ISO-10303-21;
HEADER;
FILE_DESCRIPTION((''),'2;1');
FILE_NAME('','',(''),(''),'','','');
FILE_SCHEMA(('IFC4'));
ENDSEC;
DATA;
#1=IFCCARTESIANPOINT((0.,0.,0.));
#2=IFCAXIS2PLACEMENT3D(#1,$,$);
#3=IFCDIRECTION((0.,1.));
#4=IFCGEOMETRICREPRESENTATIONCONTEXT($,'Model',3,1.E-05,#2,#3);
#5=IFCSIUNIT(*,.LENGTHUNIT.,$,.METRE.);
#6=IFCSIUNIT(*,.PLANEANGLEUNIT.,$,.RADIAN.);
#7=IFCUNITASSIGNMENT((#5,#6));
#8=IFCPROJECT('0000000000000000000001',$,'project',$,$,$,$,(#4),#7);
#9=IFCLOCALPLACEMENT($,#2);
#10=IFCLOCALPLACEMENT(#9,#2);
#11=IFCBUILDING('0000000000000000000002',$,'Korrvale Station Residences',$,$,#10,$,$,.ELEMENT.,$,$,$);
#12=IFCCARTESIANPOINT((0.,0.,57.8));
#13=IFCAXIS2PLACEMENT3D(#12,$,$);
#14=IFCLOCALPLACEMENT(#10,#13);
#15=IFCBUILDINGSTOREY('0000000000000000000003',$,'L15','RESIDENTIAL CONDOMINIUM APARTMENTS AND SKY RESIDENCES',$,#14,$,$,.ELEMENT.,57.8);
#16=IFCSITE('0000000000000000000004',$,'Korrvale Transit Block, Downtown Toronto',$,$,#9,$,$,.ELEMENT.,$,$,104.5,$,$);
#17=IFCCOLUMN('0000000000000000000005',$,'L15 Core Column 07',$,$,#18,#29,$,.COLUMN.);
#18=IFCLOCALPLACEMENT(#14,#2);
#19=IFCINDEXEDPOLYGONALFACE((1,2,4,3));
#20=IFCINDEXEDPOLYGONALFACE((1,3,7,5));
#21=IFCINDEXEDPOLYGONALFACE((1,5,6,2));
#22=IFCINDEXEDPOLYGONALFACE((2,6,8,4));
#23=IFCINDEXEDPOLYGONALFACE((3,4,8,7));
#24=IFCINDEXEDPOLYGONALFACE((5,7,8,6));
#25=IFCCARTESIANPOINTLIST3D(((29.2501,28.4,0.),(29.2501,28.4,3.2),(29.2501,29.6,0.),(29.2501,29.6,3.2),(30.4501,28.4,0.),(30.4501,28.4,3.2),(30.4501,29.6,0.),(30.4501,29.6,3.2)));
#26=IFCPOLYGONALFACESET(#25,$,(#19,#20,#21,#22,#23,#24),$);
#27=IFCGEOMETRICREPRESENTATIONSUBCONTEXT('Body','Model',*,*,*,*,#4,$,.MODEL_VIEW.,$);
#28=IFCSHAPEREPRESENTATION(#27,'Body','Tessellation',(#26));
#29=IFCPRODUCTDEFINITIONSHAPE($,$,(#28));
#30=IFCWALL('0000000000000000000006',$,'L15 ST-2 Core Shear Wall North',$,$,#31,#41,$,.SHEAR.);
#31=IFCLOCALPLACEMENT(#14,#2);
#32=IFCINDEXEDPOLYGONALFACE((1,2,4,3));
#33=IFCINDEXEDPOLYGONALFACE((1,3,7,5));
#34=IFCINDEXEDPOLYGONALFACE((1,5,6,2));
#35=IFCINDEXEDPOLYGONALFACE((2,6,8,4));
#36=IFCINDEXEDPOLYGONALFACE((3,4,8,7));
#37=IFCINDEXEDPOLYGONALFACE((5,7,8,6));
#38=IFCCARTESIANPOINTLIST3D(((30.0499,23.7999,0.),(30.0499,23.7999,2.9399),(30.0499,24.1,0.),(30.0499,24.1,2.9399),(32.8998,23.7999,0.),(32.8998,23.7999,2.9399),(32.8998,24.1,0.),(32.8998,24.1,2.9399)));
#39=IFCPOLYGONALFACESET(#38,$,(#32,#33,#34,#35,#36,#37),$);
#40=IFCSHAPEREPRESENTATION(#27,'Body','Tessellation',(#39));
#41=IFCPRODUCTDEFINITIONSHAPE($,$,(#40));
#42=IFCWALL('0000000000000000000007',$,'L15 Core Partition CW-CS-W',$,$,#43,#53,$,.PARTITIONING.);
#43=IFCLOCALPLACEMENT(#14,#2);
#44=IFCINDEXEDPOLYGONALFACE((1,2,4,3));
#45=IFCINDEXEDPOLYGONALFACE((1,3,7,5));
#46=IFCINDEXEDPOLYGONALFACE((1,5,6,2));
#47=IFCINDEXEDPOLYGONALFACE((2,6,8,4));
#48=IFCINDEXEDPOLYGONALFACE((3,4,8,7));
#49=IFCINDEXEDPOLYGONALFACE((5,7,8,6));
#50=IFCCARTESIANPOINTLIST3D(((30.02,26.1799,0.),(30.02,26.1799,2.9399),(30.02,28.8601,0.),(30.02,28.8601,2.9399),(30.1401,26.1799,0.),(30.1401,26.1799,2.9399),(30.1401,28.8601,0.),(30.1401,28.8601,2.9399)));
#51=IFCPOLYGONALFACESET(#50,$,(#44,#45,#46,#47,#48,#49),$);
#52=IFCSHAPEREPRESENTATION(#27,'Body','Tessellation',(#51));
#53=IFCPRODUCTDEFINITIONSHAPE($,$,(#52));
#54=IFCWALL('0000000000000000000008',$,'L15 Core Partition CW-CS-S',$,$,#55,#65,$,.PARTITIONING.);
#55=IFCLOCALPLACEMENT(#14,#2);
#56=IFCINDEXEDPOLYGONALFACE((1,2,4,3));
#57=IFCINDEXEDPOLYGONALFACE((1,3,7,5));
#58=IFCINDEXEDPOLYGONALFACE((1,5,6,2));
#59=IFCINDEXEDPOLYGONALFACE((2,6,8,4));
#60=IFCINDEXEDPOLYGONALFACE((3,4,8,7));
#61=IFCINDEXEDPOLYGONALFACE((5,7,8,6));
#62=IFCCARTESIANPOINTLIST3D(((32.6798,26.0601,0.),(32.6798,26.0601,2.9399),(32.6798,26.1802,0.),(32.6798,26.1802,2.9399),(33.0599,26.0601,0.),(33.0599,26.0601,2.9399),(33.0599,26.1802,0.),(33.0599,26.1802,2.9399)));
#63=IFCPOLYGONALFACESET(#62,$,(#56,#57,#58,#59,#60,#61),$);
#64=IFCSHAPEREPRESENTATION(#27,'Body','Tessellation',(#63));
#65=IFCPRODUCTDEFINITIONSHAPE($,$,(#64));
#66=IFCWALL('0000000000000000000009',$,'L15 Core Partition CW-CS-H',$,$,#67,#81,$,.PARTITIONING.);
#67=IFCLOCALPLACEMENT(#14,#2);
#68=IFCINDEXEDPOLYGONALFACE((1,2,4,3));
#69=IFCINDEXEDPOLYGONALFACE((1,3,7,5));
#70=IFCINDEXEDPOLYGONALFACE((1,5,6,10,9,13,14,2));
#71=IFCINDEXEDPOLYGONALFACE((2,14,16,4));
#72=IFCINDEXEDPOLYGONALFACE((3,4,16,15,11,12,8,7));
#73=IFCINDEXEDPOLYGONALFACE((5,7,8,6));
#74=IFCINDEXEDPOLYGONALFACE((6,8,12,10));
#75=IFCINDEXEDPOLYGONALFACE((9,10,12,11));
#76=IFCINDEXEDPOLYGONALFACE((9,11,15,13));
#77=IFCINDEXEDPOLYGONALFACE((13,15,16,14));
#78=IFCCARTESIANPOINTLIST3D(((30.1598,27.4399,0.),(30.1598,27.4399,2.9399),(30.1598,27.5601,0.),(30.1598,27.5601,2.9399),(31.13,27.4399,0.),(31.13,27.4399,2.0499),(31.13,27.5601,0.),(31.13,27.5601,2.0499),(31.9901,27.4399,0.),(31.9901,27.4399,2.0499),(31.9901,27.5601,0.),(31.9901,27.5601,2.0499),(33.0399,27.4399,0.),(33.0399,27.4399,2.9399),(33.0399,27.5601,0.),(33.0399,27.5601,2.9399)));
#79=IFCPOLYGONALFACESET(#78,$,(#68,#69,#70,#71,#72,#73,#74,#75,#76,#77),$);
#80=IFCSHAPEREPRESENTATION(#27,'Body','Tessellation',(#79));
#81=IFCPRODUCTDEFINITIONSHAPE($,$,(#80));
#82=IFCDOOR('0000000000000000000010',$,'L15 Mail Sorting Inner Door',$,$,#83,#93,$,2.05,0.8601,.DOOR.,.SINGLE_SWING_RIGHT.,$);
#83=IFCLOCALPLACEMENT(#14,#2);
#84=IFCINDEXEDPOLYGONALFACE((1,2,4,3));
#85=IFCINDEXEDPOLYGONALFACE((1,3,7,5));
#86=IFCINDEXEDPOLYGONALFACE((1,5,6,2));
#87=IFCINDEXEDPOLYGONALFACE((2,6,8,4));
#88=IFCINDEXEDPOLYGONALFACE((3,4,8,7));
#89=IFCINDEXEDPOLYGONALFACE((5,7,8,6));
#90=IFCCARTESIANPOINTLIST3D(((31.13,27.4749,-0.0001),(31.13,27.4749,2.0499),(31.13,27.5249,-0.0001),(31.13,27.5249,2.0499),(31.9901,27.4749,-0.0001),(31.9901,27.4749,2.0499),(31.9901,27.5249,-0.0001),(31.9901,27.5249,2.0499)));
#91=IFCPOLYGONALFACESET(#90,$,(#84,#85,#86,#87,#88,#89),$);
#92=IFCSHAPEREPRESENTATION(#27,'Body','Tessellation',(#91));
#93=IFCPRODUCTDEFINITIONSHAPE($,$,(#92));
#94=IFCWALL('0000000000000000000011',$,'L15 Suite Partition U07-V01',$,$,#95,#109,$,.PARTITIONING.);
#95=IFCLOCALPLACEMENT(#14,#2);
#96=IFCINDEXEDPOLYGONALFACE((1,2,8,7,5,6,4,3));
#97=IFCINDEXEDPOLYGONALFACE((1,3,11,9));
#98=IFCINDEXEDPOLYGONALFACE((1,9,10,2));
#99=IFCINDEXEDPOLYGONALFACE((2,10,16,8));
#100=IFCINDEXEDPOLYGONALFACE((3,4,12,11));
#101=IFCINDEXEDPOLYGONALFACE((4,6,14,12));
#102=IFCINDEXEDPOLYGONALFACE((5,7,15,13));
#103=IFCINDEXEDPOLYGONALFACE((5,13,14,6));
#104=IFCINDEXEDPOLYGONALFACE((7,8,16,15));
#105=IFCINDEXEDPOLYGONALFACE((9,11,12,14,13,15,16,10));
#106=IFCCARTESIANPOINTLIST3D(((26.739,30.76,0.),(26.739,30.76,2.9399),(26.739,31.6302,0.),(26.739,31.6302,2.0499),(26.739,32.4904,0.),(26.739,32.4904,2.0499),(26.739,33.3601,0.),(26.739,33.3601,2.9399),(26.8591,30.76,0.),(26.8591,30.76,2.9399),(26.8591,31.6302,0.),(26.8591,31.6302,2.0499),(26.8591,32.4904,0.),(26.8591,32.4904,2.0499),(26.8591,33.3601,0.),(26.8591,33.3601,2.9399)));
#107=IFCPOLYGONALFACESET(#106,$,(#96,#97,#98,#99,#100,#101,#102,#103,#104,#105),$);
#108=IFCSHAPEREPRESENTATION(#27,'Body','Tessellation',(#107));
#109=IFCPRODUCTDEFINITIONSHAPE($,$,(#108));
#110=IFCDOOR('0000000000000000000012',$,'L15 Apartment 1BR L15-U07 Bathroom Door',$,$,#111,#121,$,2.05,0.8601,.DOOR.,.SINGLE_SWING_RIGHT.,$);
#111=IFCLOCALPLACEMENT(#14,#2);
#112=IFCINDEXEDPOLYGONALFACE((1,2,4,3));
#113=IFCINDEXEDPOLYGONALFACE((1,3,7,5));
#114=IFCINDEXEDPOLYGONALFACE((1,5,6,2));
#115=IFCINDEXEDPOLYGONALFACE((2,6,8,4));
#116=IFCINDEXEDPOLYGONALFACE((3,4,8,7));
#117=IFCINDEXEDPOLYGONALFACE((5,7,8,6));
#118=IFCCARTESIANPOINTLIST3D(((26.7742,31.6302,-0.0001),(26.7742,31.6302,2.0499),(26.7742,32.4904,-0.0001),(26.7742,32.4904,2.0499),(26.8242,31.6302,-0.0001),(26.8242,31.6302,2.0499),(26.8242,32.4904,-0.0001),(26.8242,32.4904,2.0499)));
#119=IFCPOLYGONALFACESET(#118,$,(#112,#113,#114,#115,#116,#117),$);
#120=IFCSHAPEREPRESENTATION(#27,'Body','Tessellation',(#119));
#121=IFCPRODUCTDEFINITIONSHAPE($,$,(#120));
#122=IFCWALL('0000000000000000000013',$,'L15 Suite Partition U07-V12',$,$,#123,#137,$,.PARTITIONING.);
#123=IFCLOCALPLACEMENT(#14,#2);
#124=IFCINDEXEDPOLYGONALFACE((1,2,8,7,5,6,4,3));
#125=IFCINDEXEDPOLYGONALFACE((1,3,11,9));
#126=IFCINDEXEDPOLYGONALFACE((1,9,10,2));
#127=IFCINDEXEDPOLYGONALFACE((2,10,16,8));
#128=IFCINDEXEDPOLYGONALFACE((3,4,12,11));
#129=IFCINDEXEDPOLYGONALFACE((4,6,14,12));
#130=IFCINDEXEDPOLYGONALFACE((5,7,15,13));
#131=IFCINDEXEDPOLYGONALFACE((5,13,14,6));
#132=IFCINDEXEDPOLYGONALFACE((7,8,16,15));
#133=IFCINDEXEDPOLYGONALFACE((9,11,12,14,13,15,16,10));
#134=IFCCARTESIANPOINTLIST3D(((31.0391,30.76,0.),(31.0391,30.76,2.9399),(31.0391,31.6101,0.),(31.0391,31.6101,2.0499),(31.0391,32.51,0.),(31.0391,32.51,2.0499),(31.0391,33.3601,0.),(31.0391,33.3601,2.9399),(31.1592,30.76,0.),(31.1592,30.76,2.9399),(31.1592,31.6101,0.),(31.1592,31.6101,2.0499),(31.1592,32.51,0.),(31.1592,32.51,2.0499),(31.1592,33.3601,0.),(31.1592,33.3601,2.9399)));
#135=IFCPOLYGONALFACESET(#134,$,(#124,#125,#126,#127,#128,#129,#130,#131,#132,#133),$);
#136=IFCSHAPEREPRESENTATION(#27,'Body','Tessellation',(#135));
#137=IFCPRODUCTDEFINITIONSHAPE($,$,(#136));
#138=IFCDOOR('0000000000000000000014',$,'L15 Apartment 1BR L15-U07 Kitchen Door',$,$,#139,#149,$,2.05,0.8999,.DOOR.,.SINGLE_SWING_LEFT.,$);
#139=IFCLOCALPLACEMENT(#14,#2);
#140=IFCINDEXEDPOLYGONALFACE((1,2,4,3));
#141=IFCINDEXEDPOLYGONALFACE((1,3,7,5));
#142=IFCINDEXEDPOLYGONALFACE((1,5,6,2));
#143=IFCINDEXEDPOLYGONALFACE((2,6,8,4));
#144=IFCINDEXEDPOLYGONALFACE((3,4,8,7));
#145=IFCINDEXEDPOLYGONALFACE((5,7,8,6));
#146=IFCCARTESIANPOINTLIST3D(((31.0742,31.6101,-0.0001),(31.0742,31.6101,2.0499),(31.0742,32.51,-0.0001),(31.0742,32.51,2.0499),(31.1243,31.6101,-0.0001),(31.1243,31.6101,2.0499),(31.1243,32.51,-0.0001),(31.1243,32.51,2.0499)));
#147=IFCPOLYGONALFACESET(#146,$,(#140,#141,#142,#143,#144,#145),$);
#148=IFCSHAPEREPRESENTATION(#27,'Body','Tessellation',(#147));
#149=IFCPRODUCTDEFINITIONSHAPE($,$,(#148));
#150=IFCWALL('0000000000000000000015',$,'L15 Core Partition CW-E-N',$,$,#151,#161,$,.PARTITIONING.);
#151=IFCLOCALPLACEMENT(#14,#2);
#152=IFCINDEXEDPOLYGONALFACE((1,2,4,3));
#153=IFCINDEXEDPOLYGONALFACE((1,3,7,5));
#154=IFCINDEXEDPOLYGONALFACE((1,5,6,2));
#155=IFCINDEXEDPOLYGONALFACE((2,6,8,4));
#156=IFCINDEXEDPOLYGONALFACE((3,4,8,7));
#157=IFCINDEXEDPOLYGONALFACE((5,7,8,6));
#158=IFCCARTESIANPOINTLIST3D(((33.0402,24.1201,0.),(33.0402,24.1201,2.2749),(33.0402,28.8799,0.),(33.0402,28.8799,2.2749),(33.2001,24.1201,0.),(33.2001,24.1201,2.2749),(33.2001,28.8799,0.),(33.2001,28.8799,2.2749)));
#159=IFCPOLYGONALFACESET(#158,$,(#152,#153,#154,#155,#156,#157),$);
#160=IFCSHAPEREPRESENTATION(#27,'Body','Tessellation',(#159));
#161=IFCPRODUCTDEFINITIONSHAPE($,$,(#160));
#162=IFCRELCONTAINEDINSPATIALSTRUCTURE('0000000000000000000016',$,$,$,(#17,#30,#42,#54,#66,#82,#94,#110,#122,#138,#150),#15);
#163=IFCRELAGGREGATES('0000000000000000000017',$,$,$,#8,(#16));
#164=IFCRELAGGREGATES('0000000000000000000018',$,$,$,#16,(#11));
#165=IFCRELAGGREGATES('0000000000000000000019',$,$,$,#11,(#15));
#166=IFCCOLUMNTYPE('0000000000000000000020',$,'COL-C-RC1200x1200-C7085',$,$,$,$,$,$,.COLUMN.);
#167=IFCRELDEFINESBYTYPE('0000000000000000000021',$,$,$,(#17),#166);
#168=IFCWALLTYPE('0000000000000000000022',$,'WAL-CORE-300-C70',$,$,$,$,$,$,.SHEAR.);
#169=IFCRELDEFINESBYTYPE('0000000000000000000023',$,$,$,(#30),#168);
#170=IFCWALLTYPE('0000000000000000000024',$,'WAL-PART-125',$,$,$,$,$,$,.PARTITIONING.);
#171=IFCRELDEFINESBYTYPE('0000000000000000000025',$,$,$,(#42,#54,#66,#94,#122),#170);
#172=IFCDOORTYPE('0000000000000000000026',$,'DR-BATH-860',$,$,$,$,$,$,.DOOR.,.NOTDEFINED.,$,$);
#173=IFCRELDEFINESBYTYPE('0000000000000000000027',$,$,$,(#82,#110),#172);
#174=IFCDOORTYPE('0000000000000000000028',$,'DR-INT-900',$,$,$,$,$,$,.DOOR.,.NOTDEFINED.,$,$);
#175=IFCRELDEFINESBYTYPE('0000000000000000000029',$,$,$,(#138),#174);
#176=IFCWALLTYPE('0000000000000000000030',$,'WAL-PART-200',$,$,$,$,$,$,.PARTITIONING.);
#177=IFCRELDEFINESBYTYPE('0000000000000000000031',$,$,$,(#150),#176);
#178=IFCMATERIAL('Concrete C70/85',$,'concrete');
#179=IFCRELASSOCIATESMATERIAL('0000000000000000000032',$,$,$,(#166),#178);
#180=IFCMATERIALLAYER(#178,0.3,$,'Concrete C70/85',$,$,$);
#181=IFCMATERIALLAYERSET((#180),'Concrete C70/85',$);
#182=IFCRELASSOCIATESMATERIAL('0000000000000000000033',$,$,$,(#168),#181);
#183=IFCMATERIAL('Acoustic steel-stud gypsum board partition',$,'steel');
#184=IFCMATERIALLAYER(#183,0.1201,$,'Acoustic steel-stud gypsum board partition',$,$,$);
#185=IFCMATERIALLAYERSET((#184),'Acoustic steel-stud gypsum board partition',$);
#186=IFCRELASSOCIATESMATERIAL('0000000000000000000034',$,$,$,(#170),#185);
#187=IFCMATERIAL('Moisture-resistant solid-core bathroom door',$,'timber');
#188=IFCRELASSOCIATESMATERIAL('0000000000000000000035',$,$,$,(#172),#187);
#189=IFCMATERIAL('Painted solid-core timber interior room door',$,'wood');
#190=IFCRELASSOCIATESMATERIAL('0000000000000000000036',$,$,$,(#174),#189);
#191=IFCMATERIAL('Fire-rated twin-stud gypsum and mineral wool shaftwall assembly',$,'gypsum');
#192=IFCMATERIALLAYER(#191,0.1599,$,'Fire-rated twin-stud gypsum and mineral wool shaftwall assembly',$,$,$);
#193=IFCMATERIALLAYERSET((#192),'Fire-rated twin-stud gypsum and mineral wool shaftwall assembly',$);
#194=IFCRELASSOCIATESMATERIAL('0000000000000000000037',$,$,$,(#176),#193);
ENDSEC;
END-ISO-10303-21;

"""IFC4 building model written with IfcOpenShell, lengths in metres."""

from ifc_helpers import new_model, si_unit, direction, frame, frame_2d, origin, origin_2d, place, context, subcontext, project, spatial, rectangle, extrude, material, layer, layer_set, material_profile, profile_set, type_object, element, fill, save


model = new_model("IFC4")

# Units and contexts
model_context = context("Model", 3, precision=1e-05, world=origin(), true_north=direction((0.0, 1.0)))
body_context = subcontext(model_context, "Body", "Model", "MODEL_VIEW")
ifc_project = project(units=[si_unit("LENGTHUNIT", "METRE"), si_unit("PLANEANGLEUNIT", "RADIAN")], contexts=[model_context])

# Site, building, storey
site_placement = place(None, origin())
site = spatial("IfcSite", under=ifc_project, at=site_placement, Name="Korrvale Transit Block, Downtown Toronto", CompositionType="ELEMENT", RefElevation=104.5)
building_placement = place(site_placement, origin())
building = spatial("IfcBuilding", under=site, at=building_placement, Name="Korrvale Station Residences", CompositionType="ELEMENT")
storey_placement = place(building_placement, frame((0.0, 0.0, 57.8)))
storey = spatial("IfcBuildingStorey", under=building, at=storey_placement, Name="L15", Description="RESIDENTIAL CONDOMINIUM APARTMENTS AND SKY RESIDENCES", CompositionType="ELEMENT", Elevation=57.8)

# Column
ifc_material_1 = material(Name="Concrete C70/85", Category="concrete")
ifc_material_profile = material_profile(ifc_material_1, rectangle(XDim=1.2, YDim=1.2, at=origin_2d()), Name="RC1200x1200")
ifc_profile_set = profile_set([ifc_material_profile], Name="Concrete C70/85")
column_type = type_object("IfcColumnType", Name="COL-C-RC1200x1200-C7085", PredefinedType="COLUMN", material=ifc_profile_set)
column_placement = place(storey_placement, frame((29.8501, 29.0, 0.0), z_axis=(0.0, 0.0, 1.0), x_axis=(1.0, 0.0, 0.0)))
element("IfcColumn", 1, at=column_placement, inside=storey, type_object=column_type, Name="L15 Core Column 07", PredefinedType="COLUMN", context=body_context, shape_type="SweptSolid", body=[
    extrude(rectangle(XDim=1.2, YDim=1.2, at=origin_2d()), origin(), (0.0, 0.0, 1.0), 3.2),
])

# Walls
ifc_layer_1 = layer(ifc_material_1, 0.3, Name="Concrete C70/85")
ifc_layer_set_1 = layer_set([ifc_layer_1], Name="Concrete C70/85")
wall_type_1 = type_object("IfcWallType", Name="WAL-CORE-300-C70", PredefinedType="SHEAR", material=ifc_layer_set_1)
wall_1_placement = place(storey_placement, frame((30.05, 23.95, 0.0), z_axis=(0.0, 0.0, 1.0), x_axis=(1.0, 0.0, 0.0)))
element("IfcWall", 2, at=wall_1_placement, inside=storey, type_object=wall_type_1, Name="L15 ST-2 Core Shear Wall North", PredefinedType="SHEAR", context=body_context, shape_type="SweptSolid", body=[
    extrude(rectangle(XDim=2.8499, YDim=0.3, at=frame_2d((1.4248, 0.0))), origin(), (0.0, 0.0, 1.0), 2.9399),
])
ifc_material_2 = material(Name="Acoustic steel-stud gypsum board partition", Category="steel")
ifc_layer_2 = layer(ifc_material_2, 0.1201, Name="Acoustic steel-stud gypsum board partition")
ifc_layer_set_2 = layer_set([ifc_layer_2], Name="Acoustic steel-stud gypsum board partition")
wall_type_2 = type_object("IfcWallType", Name="WAL-PART-125", PredefinedType="PARTITIONING", material=ifc_layer_set_2)
wall_2_placement = place(storey_placement, frame((30.0801, 26.1799, 0.0), z_axis=(0.0, 0.0, 1.0), x_axis=(0.0, 1.0, 0.0)))
element("IfcWall", 3, at=wall_2_placement, inside=storey, type_object=wall_type_2, Name="L15 Core Partition CW-CS-W", PredefinedType="PARTITIONING", context=body_context, shape_type="SweptSolid", body=[
    extrude(rectangle(XDim=2.6802, YDim=0.1201, at=frame_2d((1.3401, 0.0))), origin(), (0.0, 0.0, 1.0), 2.9399),
])
wall_3_placement = place(storey_placement, frame((32.6799, 26.1201, 0.0), z_axis=(0.0, 0.0, 1.0), x_axis=(1.0, 0.0, 0.0)))
element("IfcWall", 4, at=wall_3_placement, inside=storey, type_object=wall_type_2, Name="L15 Core Partition CW-CS-S", PredefinedType="PARTITIONING", context=body_context, shape_type="SweptSolid", body=[
    extrude(rectangle(XDim=0.3801, YDim=0.1201, at=frame_2d((0.1899, 0.0))), origin(), (0.0, 0.0, 1.0), 2.9399),
])

# Walls, openings, doors
wall_4_placement = place(storey_placement, frame((30.1599, 27.5, 0.0), z_axis=(0.0, 0.0, 1.0), x_axis=(1.0, 0.0, 0.0)))
wall_4 = element("IfcWall", 5, at=wall_4_placement, inside=storey, type_object=wall_type_2, Name="L15 Core Partition CW-CS-H", PredefinedType="PARTITIONING", context=body_context, shape_type="SweptSolid", body=[
    extrude(rectangle(XDim=2.8801, YDim=0.1201, at=frame_2d((1.4399, 0.0))), origin(), (0.0, 0.0, 1.0), 2.9399),
])
opening_1_placement = place(wall_4_placement, frame((0.97, 0.0, 0.0)))
opening_1 = element("IfcOpeningElement", 6, at=opening_1_placement, cuts=wall_4, PredefinedType="OPENING", context=body_context, shape_type="SweptSolid", body=[
    extrude(rectangle(XDim=0.8601, YDim=2.05, at=frame_2d((0.4302, 1.0249))), frame((0.0, 0.0701, 0.0), z_axis=(0.0, -1.0, 0.0), x_axis=(1.0, 0.0, 0.0)), (0.0, 0.0, 1.0), 0.1401),
])
ifc_material_3 = material(Name="Moisture-resistant solid-core bathroom door", Category="timber")
door_type_1 = type_object("IfcDoorType", Name="DR-BATH-860", OperationType="NOTDEFINED", PredefinedType="DOOR", material=ifc_material_3)
door_1_placement = place(opening_1_placement, origin())
door_1 = element("IfcDoor", 7, at=door_1_placement, inside=storey, type_object=door_type_1, Name="L15 Mail Sorting Inner Door", OperationType="SINGLE_SWING_RIGHT", OverallHeight=2.05, OverallWidth=0.8601, PredefinedType="DOOR", context=body_context, shape_type="SweptSolid", body=[
    extrude(rectangle(XDim=0.8601, YDim=2.05, at=frame_2d((0.4302, 1.0249))), frame((0.0, 0.0249, 0.0), z_axis=(0.0, -1.0, 0.0), x_axis=(1.0, 0.0, 0.0)), (0.0, 0.0, 1.0), 0.05),
])
fill(opening_1, door_1)
wall_5_placement = place(storey_placement, frame((26.7991, 30.76, 0.0), z_axis=(0.0, 0.0, 1.0), x_axis=(0.0, 1.0, 0.0)))
wall_5 = element("IfcWall", 8, at=wall_5_placement, inside=storey, type_object=wall_type_2, Name="L15 Suite Partition U07-V01", PredefinedType="PARTITIONING", context=body_context, shape_type="SweptSolid", body=[
    extrude(rectangle(XDim=2.6001, YDim=0.1201, at=frame_2d((1.3, 0.0))), origin(), (0.0, 0.0, 1.0), 2.9399),
])
opening_2_placement = place(wall_5_placement, frame((0.8701, 0.0, 0.0)))
opening_2 = element("IfcOpeningElement", 9, at=opening_2_placement, cuts=wall_5, PredefinedType="OPENING", context=body_context, shape_type="SweptSolid", body=[
    extrude(rectangle(XDim=0.8601, YDim=2.05, at=frame_2d((0.4302, 1.0249))), frame((0.0, 0.0701, 0.0), z_axis=(0.0, -1.0, 0.0), x_axis=(1.0, 0.0, 0.0)), (0.0, 0.0, 1.0), 0.1401),
])
door_2_placement = place(opening_2_placement, origin())
door_2 = element("IfcDoor", 10, at=door_2_placement, inside=storey, type_object=door_type_1, Name="L15 Apartment 1BR L15-U07 Bathroom Door", OperationType="SINGLE_SWING_RIGHT", OverallHeight=2.05, OverallWidth=0.8601, PredefinedType="DOOR", context=body_context, shape_type="SweptSolid", body=[
    extrude(rectangle(XDim=0.8601, YDim=2.05, at=frame_2d((0.4302, 1.0249))), frame((0.0, 0.0249, 0.0), z_axis=(0.0, -1.0, 0.0), x_axis=(1.0, 0.0, 0.0)), (0.0, 0.0, 1.0), 0.05),
])
fill(opening_2, door_2)
wall_6_placement = place(storey_placement, frame((31.0991, 30.76, 0.0), z_axis=(0.0, 0.0, 1.0), x_axis=(0.0, 1.0, 0.0)))
wall_6 = element("IfcWall", 11, at=wall_6_placement, inside=storey, type_object=wall_type_2, Name="L15 Suite Partition U07-V12", PredefinedType="PARTITIONING", context=body_context, shape_type="SweptSolid", body=[
    extrude(rectangle(XDim=2.6001, YDim=0.1201, at=frame_2d((1.3, 0.0))), origin(), (0.0, 0.0, 1.0), 2.9399),
])
opening_3_placement = place(wall_6_placement, frame((0.8501, 0.0, 0.0)))
opening_3 = element("IfcOpeningElement", 12, at=opening_3_placement, cuts=wall_6, PredefinedType="OPENING", context=body_context, shape_type="SweptSolid", body=[
    extrude(rectangle(XDim=0.8999, YDim=2.05, at=frame_2d((0.45, 1.0249))), frame((0.0, 0.0701, 0.0), z_axis=(0.0, -1.0, 0.0), x_axis=(1.0, 0.0, 0.0)), (0.0, 0.0, 1.0), 0.1401),
])
ifc_material_4 = material(Name="Painted solid-core timber interior room door", Category="wood")
door_type_2 = type_object("IfcDoorType", Name="DR-INT-900", OperationType="NOTDEFINED", PredefinedType="DOOR", material=ifc_material_4)
door_3_placement = place(opening_3_placement, origin())
door_3 = element("IfcDoor", 13, at=door_3_placement, inside=storey, type_object=door_type_2, Name="L15 Apartment 1BR L15-U07 Kitchen Door", OperationType="SINGLE_SWING_LEFT", OverallHeight=2.05, OverallWidth=0.8999, PredefinedType="DOOR", context=body_context, shape_type="SweptSolid", body=[
    extrude(rectangle(XDim=0.8999, YDim=2.05, at=frame_2d((0.45, 1.0249))), frame((0.0, 0.0249, 0.0), z_axis=(0.0, -1.0, 0.0), x_axis=(1.0, 0.0, 0.0)), (0.0, 0.0, 1.0), 0.05),
])
fill(opening_3, door_3)

# Wall
ifc_material_5 = material(Name="Fire-rated twin-stud gypsum and mineral wool shaftwall assembly", Category="gypsum")
ifc_layer_3 = layer(ifc_material_5, 0.1599, Name="Fire-rated twin-stud gypsum and mineral wool shaftwall assembly")
ifc_layer_set_3 = layer_set([ifc_layer_3], Name="Fire-rated twin-stud gypsum and mineral wool shaftwall assembly")
wall_type_3 = type_object("IfcWallType", Name="WAL-PART-200", PredefinedType="PARTITIONING", material=ifc_layer_set_3)
wall_7_placement = place(storey_placement, frame((33.1201, 24.1201, 0.0), z_axis=(0.0, 0.0, 1.0), x_axis=(0.0, 1.0, 0.0)))
element("IfcWall", 14, at=wall_7_placement, inside=storey, type_object=wall_type_3, Name="L15 Core Partition CW-E-N", PredefinedType="PARTITIONING", context=body_context, shape_type="SweptSolid", body=[
    extrude(rectangle(XDim=4.7598, YDim=0.1599, at=frame_2d((2.3799, 0.0))), origin(), (0.0, 0.0, 1.0), 2.2749),
])

save(model, "model.ifc")
